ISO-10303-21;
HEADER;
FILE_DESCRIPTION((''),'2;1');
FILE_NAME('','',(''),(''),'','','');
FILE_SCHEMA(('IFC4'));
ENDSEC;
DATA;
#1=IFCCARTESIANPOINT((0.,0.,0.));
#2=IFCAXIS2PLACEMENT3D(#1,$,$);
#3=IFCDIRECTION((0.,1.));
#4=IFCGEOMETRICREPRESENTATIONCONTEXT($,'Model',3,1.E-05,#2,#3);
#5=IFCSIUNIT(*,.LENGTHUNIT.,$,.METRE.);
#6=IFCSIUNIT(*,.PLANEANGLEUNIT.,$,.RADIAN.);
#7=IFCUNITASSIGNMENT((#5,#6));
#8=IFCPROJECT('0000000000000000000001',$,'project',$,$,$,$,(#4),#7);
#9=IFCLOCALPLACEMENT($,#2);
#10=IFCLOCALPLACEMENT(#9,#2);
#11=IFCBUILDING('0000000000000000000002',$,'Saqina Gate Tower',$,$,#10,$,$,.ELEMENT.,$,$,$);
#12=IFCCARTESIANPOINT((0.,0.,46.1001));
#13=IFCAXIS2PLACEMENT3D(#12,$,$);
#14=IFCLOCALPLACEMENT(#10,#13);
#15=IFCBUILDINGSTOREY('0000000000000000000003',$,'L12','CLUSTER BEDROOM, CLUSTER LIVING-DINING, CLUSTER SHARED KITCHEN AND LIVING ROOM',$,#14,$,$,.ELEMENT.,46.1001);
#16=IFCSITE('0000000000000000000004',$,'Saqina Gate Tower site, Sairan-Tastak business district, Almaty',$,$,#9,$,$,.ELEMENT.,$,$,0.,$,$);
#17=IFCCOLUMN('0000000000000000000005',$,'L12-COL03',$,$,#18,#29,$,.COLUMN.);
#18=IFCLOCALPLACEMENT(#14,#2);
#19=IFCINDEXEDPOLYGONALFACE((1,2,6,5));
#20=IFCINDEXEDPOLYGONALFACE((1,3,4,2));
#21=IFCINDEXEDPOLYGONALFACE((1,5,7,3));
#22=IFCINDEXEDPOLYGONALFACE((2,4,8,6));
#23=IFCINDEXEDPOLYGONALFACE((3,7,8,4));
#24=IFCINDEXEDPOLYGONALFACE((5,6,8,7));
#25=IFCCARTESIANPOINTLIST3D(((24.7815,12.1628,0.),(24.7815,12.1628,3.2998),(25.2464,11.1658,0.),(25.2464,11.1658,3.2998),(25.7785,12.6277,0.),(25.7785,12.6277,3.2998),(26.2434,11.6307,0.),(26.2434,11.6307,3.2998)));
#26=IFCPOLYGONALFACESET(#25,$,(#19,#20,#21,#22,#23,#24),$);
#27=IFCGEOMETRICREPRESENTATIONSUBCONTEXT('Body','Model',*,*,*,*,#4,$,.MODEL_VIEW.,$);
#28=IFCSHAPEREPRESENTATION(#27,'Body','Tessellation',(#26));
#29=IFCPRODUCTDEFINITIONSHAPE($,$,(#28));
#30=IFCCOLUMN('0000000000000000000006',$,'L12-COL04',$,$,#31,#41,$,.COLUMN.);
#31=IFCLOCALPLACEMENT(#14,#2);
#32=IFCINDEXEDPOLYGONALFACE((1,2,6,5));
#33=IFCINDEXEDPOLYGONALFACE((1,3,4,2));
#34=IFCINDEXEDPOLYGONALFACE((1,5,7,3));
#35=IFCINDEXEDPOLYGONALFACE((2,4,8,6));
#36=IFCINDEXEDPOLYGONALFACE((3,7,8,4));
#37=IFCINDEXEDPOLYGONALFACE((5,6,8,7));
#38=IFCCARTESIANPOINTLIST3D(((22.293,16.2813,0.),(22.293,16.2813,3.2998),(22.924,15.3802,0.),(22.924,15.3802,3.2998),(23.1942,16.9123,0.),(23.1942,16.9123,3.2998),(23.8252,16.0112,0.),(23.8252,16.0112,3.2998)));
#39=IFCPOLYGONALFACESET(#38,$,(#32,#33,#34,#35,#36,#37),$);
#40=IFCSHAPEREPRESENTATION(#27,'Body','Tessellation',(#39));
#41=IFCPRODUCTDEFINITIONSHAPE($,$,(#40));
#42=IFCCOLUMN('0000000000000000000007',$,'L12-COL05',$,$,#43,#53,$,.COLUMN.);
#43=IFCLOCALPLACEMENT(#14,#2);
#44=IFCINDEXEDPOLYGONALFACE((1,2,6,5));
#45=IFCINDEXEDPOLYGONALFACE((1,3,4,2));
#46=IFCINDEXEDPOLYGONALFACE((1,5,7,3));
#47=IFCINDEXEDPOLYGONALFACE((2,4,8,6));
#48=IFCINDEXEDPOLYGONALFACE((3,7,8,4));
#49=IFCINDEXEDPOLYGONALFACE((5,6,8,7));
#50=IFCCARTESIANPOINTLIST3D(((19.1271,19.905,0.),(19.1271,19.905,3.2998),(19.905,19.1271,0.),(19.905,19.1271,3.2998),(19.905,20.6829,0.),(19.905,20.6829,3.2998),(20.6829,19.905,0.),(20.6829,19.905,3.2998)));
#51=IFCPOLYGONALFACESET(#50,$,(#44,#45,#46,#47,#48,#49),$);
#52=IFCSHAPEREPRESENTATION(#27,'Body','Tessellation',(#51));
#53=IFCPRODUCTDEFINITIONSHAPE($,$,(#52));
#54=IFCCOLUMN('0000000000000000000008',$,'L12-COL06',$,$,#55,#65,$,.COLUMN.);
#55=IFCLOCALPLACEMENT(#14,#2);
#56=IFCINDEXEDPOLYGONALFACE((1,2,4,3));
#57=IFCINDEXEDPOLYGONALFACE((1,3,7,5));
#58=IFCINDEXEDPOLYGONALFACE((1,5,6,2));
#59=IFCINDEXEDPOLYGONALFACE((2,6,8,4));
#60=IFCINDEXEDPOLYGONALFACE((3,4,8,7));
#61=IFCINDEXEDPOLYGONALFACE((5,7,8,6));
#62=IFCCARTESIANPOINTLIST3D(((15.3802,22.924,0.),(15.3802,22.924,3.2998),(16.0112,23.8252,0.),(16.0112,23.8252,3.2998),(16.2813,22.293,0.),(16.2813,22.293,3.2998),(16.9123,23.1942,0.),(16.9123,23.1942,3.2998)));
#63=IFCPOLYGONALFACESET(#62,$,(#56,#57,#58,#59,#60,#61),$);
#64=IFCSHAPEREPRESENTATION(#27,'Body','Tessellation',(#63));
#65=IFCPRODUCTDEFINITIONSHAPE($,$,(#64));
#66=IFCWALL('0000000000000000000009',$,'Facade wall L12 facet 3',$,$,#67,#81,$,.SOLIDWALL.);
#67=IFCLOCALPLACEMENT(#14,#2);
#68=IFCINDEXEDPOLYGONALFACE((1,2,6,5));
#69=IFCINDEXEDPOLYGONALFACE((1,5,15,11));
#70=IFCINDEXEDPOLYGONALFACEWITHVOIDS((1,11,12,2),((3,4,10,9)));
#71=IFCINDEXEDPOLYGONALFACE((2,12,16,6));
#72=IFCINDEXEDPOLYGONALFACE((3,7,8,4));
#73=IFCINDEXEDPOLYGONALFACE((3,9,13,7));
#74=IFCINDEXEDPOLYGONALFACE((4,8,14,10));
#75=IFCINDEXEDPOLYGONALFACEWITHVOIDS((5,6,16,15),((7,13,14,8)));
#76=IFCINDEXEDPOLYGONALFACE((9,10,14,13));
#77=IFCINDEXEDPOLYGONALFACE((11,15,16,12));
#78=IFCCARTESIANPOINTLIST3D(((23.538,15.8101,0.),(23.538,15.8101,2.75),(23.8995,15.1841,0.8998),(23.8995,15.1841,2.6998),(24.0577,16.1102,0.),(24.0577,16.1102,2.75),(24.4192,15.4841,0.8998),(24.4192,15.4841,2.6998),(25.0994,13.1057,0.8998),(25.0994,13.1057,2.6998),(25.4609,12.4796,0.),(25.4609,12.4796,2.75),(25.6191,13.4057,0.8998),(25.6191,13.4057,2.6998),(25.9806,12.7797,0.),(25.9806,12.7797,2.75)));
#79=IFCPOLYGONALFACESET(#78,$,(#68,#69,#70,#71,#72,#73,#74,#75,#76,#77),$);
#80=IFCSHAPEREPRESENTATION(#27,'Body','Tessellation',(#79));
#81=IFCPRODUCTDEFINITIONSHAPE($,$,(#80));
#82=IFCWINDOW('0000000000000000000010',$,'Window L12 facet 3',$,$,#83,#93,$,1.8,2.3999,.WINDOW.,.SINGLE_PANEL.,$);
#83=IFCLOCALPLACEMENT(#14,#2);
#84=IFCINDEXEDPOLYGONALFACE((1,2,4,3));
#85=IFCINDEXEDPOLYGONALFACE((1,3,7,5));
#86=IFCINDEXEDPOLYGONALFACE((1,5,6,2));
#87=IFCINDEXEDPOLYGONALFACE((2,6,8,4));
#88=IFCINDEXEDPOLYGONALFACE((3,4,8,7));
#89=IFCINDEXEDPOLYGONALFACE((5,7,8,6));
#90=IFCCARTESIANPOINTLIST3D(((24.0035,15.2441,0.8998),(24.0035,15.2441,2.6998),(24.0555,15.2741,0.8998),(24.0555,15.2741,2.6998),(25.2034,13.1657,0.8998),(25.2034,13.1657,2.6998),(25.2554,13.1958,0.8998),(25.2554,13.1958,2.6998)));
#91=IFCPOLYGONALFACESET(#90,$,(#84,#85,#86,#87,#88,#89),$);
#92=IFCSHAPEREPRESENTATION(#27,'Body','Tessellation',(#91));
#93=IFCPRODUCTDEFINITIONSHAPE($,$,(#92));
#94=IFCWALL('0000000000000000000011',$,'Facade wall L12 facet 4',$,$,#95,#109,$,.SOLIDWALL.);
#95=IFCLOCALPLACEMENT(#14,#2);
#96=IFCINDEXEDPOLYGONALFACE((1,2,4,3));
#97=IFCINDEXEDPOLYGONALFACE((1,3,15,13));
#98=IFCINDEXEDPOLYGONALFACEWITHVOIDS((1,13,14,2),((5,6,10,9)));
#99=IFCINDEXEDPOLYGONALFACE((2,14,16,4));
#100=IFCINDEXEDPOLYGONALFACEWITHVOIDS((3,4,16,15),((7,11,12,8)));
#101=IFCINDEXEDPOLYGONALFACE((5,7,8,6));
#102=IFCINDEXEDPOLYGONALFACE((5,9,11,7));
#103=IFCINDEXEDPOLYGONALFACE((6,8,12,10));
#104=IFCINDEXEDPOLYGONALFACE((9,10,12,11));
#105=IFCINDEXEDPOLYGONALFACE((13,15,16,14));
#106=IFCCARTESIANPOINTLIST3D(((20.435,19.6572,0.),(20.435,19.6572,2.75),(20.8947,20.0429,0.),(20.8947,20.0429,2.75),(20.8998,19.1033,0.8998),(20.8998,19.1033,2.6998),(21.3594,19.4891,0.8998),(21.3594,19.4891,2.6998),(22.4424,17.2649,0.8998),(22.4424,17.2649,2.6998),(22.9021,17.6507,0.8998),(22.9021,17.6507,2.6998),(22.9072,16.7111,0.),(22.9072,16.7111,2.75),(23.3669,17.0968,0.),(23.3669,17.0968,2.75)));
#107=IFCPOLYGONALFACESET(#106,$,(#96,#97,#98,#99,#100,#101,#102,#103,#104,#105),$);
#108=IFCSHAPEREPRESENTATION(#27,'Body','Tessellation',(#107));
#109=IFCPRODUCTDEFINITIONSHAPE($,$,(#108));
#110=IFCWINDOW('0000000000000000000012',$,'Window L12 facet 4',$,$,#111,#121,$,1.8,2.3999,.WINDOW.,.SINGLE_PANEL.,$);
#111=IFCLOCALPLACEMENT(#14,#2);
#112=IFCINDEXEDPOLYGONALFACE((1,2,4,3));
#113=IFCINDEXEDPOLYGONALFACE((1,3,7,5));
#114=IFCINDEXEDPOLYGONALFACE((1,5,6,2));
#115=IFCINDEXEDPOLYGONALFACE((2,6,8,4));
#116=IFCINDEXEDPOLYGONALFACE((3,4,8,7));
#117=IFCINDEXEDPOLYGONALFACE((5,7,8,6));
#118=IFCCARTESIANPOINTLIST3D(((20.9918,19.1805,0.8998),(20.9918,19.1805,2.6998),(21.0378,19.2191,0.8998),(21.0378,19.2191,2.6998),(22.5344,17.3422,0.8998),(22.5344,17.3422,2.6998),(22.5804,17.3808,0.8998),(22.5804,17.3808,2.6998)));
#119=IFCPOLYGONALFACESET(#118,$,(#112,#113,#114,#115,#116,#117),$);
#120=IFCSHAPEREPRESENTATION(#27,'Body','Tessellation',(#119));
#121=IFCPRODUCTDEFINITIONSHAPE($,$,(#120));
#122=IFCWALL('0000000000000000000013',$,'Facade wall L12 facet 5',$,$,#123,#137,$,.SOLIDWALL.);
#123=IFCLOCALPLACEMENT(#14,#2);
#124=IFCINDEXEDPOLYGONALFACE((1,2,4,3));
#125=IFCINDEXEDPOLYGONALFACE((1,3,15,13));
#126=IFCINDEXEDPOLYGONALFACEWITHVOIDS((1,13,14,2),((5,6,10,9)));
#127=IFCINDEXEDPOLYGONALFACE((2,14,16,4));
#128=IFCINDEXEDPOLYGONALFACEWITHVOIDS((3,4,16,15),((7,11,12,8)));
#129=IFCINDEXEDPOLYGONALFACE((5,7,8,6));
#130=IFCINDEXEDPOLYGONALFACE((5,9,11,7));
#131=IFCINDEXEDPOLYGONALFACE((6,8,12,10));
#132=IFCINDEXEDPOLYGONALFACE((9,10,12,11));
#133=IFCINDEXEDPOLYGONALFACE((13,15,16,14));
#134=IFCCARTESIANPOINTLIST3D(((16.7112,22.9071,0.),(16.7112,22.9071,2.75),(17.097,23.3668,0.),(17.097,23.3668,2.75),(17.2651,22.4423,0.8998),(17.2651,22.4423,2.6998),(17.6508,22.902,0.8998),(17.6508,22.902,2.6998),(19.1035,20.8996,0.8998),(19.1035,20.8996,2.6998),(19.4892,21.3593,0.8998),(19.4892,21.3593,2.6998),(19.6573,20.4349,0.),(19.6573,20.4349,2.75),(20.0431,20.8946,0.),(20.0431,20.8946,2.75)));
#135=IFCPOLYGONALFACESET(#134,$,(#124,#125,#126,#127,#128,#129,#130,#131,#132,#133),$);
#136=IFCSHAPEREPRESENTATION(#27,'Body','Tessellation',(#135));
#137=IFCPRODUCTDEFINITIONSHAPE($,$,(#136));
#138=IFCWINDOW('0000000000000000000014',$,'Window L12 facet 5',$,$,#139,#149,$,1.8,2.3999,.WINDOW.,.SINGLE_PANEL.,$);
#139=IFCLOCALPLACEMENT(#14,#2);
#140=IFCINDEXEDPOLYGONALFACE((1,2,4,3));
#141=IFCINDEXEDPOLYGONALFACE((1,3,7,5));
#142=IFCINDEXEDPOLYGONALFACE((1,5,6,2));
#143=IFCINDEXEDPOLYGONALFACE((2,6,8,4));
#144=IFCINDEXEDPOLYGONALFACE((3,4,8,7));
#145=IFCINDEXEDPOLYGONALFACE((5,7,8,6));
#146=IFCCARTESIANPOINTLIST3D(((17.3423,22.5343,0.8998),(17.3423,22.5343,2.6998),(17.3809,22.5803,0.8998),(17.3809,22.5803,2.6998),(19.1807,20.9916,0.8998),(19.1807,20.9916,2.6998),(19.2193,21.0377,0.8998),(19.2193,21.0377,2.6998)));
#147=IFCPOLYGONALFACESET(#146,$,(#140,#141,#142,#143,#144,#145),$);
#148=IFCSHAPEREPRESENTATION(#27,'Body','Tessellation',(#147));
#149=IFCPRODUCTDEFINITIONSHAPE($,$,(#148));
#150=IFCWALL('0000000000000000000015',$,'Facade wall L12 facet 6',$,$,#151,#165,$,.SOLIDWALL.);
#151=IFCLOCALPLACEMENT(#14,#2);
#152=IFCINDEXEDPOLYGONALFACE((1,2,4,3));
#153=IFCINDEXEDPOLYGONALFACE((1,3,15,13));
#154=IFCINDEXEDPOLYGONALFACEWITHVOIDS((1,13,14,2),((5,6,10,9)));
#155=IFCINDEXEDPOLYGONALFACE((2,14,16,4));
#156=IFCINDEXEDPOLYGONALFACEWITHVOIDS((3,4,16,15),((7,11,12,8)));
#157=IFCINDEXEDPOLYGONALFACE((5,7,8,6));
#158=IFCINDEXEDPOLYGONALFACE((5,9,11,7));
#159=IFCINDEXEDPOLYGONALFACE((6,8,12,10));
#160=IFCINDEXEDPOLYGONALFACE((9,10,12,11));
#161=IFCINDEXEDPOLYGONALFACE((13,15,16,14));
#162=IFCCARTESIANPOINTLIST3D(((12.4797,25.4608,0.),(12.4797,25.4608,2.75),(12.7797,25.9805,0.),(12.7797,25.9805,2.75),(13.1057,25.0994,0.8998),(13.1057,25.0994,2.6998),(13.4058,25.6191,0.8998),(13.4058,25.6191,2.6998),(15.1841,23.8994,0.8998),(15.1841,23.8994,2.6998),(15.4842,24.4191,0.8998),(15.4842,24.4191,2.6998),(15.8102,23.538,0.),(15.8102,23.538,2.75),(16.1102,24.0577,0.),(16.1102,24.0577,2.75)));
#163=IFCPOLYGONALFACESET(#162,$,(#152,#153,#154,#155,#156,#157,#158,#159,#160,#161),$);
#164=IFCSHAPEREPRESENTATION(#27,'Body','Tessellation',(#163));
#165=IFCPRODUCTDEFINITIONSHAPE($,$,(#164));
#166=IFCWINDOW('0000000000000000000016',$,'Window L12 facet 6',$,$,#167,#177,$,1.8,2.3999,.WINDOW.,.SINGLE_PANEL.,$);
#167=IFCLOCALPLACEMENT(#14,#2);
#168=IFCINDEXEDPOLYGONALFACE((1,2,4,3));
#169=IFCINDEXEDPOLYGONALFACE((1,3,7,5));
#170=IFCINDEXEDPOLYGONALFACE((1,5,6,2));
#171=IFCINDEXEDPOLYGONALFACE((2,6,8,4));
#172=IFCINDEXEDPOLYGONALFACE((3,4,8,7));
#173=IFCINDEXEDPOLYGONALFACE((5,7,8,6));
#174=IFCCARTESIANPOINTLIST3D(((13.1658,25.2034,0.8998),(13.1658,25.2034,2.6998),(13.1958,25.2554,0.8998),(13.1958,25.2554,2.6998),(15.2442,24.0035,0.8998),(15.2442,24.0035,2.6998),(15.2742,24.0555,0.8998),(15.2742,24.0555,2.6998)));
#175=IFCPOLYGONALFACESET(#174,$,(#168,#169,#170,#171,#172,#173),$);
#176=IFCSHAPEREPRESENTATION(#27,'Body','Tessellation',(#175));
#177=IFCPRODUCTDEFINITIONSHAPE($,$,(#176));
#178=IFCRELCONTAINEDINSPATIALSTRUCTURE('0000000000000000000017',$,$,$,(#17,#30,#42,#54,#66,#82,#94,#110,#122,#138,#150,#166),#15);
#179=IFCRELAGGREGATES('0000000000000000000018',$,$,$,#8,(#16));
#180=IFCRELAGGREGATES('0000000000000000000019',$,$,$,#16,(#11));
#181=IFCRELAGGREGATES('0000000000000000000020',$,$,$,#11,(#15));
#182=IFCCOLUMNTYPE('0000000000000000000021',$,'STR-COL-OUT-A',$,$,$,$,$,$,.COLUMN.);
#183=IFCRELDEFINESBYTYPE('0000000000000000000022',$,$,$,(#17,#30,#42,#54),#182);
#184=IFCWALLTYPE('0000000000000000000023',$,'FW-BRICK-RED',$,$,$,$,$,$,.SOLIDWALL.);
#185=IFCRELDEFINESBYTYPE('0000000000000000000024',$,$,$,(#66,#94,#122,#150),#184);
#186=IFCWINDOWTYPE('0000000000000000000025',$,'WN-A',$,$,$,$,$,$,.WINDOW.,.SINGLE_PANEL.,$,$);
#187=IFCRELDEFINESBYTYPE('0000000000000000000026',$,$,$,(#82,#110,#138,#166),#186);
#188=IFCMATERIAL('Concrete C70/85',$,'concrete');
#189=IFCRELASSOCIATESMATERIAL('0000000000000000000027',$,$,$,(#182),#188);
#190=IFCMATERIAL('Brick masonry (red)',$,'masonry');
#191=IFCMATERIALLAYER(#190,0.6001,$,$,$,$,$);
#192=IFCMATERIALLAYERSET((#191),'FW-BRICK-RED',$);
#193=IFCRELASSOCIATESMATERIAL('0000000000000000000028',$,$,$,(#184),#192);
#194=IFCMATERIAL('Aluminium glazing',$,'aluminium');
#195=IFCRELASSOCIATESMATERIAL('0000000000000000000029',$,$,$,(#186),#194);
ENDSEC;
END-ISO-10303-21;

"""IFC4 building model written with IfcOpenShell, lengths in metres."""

from ifc_helpers import new_model, si_unit, direction, frame, frame_2d, origin, origin_2d, place, context, subcontext, project, spatial, rectangle, extrude, material, layer, layer_set, material_profile, profile_set, type_object, element, fill, save


model = new_model("IFC4")

# Units and contexts
model_context = context("Model", 3, precision=1e-05, world=origin(), true_north=direction((0.0, 1.0)))
body_context = subcontext(model_context, "Body", "Model", "MODEL_VIEW")
ifc_project = project(units=[si_unit("LENGTHUNIT", "METRE"), si_unit("PLANEANGLEUNIT", "RADIAN")], contexts=[model_context])

# Site, building, storey
site_placement = place(None, origin())
site = spatial("IfcSite", under=ifc_project, at=site_placement, Name="Saqina Gate Tower site, Sairan-Tastak business district, Almaty", CompositionType="ELEMENT", RefElevation=0.0)
building_placement = place(site_placement, origin())
building = spatial("IfcBuilding", under=site, at=building_placement, Name="Saqina Gate Tower", CompositionType="ELEMENT")
storey_placement = place(building_placement, frame((0.0, 0.0, 46.1001)))
storey = spatial("IfcBuildingStorey", under=building, at=storey_placement, Name="L12", Description="CLUSTER BEDROOM, CLUSTER LIVING-DINING, CLUSTER SHARED KITCHEN AND LIVING ROOM", CompositionType="ELEMENT", Elevation=46.1001)

# Columns
ifc_material_1 = material(Name="Concrete C70/85", Category="concrete")
ifc_material_profile = material_profile(ifc_material_1, rectangle(XDim=1.1001, YDim=1.1001, at=origin_2d()), Name="RC 1100x1100")
ifc_profile_set = profile_set([ifc_material_profile], Name="Concrete C70/85")
column_type = type_object("IfcColumnType", Name="STR-COL-OUT-A", PredefinedType="COLUMN", material=ifc_profile_set)
for number, where, z_axis, x_axis, name in (
    (1, (25.5125, 11.8967, 0.0), (0.0, 0.0, 1.0), (0.906308, 0.422618, 0.0), "L12-COL03"),
    (2, (23.0591, 16.1462, 0.0), (0.0, 0.0, 1.0), (0.819152, 0.573576, 0.0), "L12-COL04"),
    (3, (19.905, 19.905, 0.0), (0.0, 0.0, 1.0), (0.707107, 0.707107, 0.0), "L12-COL05"),
    (4, (16.1462, 23.0591, 0.0), (0.0, 0.0, 1.0), (0.573576, 0.819152, 0.0), "L12-COL06"),
):
    element("IfcColumn", number, at=place(storey_placement, frame(where, z_axis=z_axis, x_axis=x_axis)), inside=storey, type_object=column_type, Name=name, PredefinedType="COLUMN", context=body_context, shape_type="SweptSolid", body=[
        extrude(rectangle(XDim=1.1001, YDim=1.1001, at=origin_2d()), origin(), (0.0, 0.0, 1.0), 3.2998),
    ])

# Walls, openings, windows
ifc_material_2 = material(Name="Brick masonry (red)", Category="masonry")
ifc_layer_1 = layer(ifc_material_2, 0.6001)
ifc_layer_set_1 = layer_set([ifc_layer_1], Name="FW-BRICK-RED")
wall_type_1 = type_object("IfcWallType", Name="FW-BRICK-RED", PredefinedType="SOLIDWALL", material=ifc_layer_set_1)
wall_1_placement = place(storey_placement, frame((25.7207, 12.6296, 0.0), z_axis=(0.0, 0.0, 1.0), x_axis=(-0.49999, 0.866031, 0.0)))
wall_1 = element("IfcWall", 5, at=wall_1_placement, inside=storey, type_object=wall_type_1, Name="Facade wall L12 facet 3", PredefinedType="SOLIDWALL", context=body_context, shape_type="SweptSolid", body=[
    extrude(rectangle(XDim=3.8457, YDim=0.6001, at=frame_2d((1.9229, 0.0))), origin(), (0.0, 0.0, 1.0), 2.75),
])
opening_1_placement = place(wall_1_placement, frame((0.7229, 0.0, 0.8999)))
opening_1 = element("IfcOpeningElement", 6, at=opening_1_placement, cuts=wall_1, PredefinedType="OPENING", context=body_context, shape_type="SweptSolid", body=[
    extrude(rectangle(XDim=2.3999, YDim=1.8, at=frame_2d((1.2, 0.8999))), frame((0.0, 0.312, 0.0), z_axis=(0.0, -1.0, 0.0), x_axis=(1.0, 0.0, 0.0)), (0.0, 0.0, 1.0), 0.624),
])
ifc_material_3 = material(Name="Aluminium glazing", Category="aluminium")
window_type = type_object("IfcWindowType", Name="WN-A", PartitioningType="SINGLE_PANEL", PredefinedType="WINDOW", material=ifc_material_3)
window_1_placement = place(opening_1_placement, origin())
window_1 = element("IfcWindow", 7, at=window_1_placement, inside=storey, type_object=window_type, Name="Window L12 facet 3", OverallHeight=1.8, OverallWidth=2.3999, PartitioningType="SINGLE_PANEL", PredefinedType="WINDOW", context=body_context, shape_type="SweptSolid", body=[
    extrude(rectangle(XDim=2.3999, YDim=1.8, at=frame_2d((1.2, 0.8999))), frame((0.0, 0.1799, 0.0), z_axis=(0.0, -1.0, 0.0), x_axis=(1.0, 0.0, 0.0)), (0.0, 0.0, 1.0), 0.0601),
])
fill(opening_1, window_1)
wall_2_placement = place(storey_placement, frame((23.137, 16.9041, 0.0), z_axis=(0.0, 0.0, 1.0), x_axis=(-0.642809, 0.766026, 0.0)))
wall_2 = element("IfcWall", 8, at=wall_2_placement, inside=storey, type_object=wall_type_1, Name="Facade wall L12 facet 4", PredefinedType="SOLIDWALL", context=body_context, shape_type="SweptSolid", body=[
    extrude(rectangle(XDim=3.8459, YDim=0.6001, at=frame_2d((1.9229, 0.0))), origin(), (0.0, 0.0, 1.0), 2.75),
])
opening_2_placement = place(wall_2_placement, frame((0.7229, 0.0, 0.8999)))
opening_2 = element("IfcOpeningElement", 9, at=opening_2_placement, cuts=wall_2, PredefinedType="OPENING", context=body_context, shape_type="SweptSolid", body=[
    extrude(rectangle(XDim=2.3999, YDim=1.8, at=frame_2d((1.2, 0.8999))), frame((0.0, 0.312, 0.0), z_axis=(0.0, -1.0, 0.0), x_axis=(1.0, 0.0, 0.0)), (0.0, 0.0, 1.0), 0.624),
])
window_2_placement = place(opening_2_placement, origin())
window_2 = element("IfcWindow", 10, at=window_2_placement, inside=storey, type_object=window_type, Name="Window L12 facet 4", OverallHeight=1.8, OverallWidth=2.3999, PartitioningType="SINGLE_PANEL", PredefinedType="WINDOW", context=body_context, shape_type="SweptSolid", body=[
    extrude(rectangle(XDim=2.3999, YDim=1.8, at=frame_2d((1.2, 0.8999))), frame((0.0, 0.1799, 0.0), z_axis=(0.0, -1.0, 0.0), x_axis=(1.0, 0.0, 0.0)), (0.0, 0.0, 1.0), 0.0601),
])
fill(opening_2, window_2)
wall_3_placement = place(storey_placement, frame((19.8501, 20.6648, 0.0), z_axis=(0.0, 0.0, 1.0), x_axis=(-0.766026, 0.642809, 0.0)))
wall_3 = element("IfcWall", 11, at=wall_3_placement, inside=storey, type_object=wall_type_1, Name="Facade wall L12 facet 5", PredefinedType="SOLIDWALL", context=body_context, shape_type="SweptSolid", body=[
    extrude(rectangle(XDim=3.8459, YDim=0.6001, at=frame_2d((1.9229, 0.0))), origin(), (0.0, 0.0, 1.0), 2.75),
])
opening_3_placement = place(wall_3_placement, frame((0.7229, 0.0, 0.8999)))
opening_3 = element("IfcOpeningElement", 12, at=opening_3_placement, cuts=wall_3, PredefinedType="OPENING", context=body_context, shape_type="SweptSolid", body=[
    extrude(rectangle(XDim=2.3999, YDim=1.8, at=frame_2d((1.2, 0.8999))), frame((0.0, 0.312, 0.0), z_axis=(0.0, -1.0, 0.0), x_axis=(1.0, 0.0, 0.0)), (0.0, 0.0, 1.0), 0.624),
])
window_3_placement = place(opening_3_placement, origin())
window_3 = element("IfcWindow", 13, at=window_3_placement, inside=storey, type_object=window_type, Name="Window L12 facet 5", OverallHeight=1.8, OverallWidth=2.3999, PartitioningType="SINGLE_PANEL", PredefinedType="WINDOW", context=body_context, shape_type="SweptSolid", body=[
    extrude(rectangle(XDim=2.3999, YDim=1.8, at=frame_2d((1.2, 0.8999))), frame((0.0, 0.1799, 0.0), z_axis=(0.0, -1.0, 0.0), x_axis=(1.0, 0.0, 0.0)), (0.0, 0.0, 1.0), 0.0601),
])
fill(opening_3, window_3)
wall_4_placement = place(storey_placement, frame((15.9602, 23.7979, 0.0), z_axis=(0.0, 0.0, 1.0), x_axis=(-0.866031, 0.49999, 0.0)))
wall_4 = element("IfcWall", 14, at=wall_4_placement, inside=storey, type_object=wall_type_1, Name="Facade wall L12 facet 6", PredefinedType="SOLIDWALL", context=body_context, shape_type="SweptSolid", body=[
    extrude(rectangle(XDim=3.8457, YDim=0.6001, at=frame_2d((1.9229, 0.0))), origin(), (0.0, 0.0, 1.0), 2.75),
])
opening_4_placement = place(wall_4_placement, frame((0.7229, 0.0, 0.8999)))
opening_4 = element("IfcOpeningElement", 15, at=opening_4_placement, cuts=wall_4, PredefinedType="OPENING", context=body_context, shape_type="SweptSolid", body=[
    extrude(rectangle(XDim=2.3999, YDim=1.8, at=frame_2d((1.2, 0.8999))), frame((0.0, 0.312, 0.0), z_axis=(0.0, -1.0, 0.0), x_axis=(1.0, 0.0, 0.0)), (0.0, 0.0, 1.0), 0.624),
])
window_4_placement = place(opening_4_placement, origin())
window_4 = element("IfcWindow", 16, at=window_4_placement, inside=storey, type_object=window_type, Name="Window L12 facet 6", OverallHeight=1.8, OverallWidth=2.3999, PartitioningType="SINGLE_PANEL", PredefinedType="WINDOW", context=body_context, shape_type="SweptSolid", body=[
    extrude(rectangle(XDim=2.3999, YDim=1.8, at=frame_2d((1.2, 0.8999))), frame((0.0, 0.1799, 0.0), z_axis=(0.0, -1.0, 0.0), x_axis=(1.0, 0.0, 0.0)), (0.0, 0.0, 1.0), 0.0601),
])
fill(opening_4, window_4)

save(model, "model.ifc")
